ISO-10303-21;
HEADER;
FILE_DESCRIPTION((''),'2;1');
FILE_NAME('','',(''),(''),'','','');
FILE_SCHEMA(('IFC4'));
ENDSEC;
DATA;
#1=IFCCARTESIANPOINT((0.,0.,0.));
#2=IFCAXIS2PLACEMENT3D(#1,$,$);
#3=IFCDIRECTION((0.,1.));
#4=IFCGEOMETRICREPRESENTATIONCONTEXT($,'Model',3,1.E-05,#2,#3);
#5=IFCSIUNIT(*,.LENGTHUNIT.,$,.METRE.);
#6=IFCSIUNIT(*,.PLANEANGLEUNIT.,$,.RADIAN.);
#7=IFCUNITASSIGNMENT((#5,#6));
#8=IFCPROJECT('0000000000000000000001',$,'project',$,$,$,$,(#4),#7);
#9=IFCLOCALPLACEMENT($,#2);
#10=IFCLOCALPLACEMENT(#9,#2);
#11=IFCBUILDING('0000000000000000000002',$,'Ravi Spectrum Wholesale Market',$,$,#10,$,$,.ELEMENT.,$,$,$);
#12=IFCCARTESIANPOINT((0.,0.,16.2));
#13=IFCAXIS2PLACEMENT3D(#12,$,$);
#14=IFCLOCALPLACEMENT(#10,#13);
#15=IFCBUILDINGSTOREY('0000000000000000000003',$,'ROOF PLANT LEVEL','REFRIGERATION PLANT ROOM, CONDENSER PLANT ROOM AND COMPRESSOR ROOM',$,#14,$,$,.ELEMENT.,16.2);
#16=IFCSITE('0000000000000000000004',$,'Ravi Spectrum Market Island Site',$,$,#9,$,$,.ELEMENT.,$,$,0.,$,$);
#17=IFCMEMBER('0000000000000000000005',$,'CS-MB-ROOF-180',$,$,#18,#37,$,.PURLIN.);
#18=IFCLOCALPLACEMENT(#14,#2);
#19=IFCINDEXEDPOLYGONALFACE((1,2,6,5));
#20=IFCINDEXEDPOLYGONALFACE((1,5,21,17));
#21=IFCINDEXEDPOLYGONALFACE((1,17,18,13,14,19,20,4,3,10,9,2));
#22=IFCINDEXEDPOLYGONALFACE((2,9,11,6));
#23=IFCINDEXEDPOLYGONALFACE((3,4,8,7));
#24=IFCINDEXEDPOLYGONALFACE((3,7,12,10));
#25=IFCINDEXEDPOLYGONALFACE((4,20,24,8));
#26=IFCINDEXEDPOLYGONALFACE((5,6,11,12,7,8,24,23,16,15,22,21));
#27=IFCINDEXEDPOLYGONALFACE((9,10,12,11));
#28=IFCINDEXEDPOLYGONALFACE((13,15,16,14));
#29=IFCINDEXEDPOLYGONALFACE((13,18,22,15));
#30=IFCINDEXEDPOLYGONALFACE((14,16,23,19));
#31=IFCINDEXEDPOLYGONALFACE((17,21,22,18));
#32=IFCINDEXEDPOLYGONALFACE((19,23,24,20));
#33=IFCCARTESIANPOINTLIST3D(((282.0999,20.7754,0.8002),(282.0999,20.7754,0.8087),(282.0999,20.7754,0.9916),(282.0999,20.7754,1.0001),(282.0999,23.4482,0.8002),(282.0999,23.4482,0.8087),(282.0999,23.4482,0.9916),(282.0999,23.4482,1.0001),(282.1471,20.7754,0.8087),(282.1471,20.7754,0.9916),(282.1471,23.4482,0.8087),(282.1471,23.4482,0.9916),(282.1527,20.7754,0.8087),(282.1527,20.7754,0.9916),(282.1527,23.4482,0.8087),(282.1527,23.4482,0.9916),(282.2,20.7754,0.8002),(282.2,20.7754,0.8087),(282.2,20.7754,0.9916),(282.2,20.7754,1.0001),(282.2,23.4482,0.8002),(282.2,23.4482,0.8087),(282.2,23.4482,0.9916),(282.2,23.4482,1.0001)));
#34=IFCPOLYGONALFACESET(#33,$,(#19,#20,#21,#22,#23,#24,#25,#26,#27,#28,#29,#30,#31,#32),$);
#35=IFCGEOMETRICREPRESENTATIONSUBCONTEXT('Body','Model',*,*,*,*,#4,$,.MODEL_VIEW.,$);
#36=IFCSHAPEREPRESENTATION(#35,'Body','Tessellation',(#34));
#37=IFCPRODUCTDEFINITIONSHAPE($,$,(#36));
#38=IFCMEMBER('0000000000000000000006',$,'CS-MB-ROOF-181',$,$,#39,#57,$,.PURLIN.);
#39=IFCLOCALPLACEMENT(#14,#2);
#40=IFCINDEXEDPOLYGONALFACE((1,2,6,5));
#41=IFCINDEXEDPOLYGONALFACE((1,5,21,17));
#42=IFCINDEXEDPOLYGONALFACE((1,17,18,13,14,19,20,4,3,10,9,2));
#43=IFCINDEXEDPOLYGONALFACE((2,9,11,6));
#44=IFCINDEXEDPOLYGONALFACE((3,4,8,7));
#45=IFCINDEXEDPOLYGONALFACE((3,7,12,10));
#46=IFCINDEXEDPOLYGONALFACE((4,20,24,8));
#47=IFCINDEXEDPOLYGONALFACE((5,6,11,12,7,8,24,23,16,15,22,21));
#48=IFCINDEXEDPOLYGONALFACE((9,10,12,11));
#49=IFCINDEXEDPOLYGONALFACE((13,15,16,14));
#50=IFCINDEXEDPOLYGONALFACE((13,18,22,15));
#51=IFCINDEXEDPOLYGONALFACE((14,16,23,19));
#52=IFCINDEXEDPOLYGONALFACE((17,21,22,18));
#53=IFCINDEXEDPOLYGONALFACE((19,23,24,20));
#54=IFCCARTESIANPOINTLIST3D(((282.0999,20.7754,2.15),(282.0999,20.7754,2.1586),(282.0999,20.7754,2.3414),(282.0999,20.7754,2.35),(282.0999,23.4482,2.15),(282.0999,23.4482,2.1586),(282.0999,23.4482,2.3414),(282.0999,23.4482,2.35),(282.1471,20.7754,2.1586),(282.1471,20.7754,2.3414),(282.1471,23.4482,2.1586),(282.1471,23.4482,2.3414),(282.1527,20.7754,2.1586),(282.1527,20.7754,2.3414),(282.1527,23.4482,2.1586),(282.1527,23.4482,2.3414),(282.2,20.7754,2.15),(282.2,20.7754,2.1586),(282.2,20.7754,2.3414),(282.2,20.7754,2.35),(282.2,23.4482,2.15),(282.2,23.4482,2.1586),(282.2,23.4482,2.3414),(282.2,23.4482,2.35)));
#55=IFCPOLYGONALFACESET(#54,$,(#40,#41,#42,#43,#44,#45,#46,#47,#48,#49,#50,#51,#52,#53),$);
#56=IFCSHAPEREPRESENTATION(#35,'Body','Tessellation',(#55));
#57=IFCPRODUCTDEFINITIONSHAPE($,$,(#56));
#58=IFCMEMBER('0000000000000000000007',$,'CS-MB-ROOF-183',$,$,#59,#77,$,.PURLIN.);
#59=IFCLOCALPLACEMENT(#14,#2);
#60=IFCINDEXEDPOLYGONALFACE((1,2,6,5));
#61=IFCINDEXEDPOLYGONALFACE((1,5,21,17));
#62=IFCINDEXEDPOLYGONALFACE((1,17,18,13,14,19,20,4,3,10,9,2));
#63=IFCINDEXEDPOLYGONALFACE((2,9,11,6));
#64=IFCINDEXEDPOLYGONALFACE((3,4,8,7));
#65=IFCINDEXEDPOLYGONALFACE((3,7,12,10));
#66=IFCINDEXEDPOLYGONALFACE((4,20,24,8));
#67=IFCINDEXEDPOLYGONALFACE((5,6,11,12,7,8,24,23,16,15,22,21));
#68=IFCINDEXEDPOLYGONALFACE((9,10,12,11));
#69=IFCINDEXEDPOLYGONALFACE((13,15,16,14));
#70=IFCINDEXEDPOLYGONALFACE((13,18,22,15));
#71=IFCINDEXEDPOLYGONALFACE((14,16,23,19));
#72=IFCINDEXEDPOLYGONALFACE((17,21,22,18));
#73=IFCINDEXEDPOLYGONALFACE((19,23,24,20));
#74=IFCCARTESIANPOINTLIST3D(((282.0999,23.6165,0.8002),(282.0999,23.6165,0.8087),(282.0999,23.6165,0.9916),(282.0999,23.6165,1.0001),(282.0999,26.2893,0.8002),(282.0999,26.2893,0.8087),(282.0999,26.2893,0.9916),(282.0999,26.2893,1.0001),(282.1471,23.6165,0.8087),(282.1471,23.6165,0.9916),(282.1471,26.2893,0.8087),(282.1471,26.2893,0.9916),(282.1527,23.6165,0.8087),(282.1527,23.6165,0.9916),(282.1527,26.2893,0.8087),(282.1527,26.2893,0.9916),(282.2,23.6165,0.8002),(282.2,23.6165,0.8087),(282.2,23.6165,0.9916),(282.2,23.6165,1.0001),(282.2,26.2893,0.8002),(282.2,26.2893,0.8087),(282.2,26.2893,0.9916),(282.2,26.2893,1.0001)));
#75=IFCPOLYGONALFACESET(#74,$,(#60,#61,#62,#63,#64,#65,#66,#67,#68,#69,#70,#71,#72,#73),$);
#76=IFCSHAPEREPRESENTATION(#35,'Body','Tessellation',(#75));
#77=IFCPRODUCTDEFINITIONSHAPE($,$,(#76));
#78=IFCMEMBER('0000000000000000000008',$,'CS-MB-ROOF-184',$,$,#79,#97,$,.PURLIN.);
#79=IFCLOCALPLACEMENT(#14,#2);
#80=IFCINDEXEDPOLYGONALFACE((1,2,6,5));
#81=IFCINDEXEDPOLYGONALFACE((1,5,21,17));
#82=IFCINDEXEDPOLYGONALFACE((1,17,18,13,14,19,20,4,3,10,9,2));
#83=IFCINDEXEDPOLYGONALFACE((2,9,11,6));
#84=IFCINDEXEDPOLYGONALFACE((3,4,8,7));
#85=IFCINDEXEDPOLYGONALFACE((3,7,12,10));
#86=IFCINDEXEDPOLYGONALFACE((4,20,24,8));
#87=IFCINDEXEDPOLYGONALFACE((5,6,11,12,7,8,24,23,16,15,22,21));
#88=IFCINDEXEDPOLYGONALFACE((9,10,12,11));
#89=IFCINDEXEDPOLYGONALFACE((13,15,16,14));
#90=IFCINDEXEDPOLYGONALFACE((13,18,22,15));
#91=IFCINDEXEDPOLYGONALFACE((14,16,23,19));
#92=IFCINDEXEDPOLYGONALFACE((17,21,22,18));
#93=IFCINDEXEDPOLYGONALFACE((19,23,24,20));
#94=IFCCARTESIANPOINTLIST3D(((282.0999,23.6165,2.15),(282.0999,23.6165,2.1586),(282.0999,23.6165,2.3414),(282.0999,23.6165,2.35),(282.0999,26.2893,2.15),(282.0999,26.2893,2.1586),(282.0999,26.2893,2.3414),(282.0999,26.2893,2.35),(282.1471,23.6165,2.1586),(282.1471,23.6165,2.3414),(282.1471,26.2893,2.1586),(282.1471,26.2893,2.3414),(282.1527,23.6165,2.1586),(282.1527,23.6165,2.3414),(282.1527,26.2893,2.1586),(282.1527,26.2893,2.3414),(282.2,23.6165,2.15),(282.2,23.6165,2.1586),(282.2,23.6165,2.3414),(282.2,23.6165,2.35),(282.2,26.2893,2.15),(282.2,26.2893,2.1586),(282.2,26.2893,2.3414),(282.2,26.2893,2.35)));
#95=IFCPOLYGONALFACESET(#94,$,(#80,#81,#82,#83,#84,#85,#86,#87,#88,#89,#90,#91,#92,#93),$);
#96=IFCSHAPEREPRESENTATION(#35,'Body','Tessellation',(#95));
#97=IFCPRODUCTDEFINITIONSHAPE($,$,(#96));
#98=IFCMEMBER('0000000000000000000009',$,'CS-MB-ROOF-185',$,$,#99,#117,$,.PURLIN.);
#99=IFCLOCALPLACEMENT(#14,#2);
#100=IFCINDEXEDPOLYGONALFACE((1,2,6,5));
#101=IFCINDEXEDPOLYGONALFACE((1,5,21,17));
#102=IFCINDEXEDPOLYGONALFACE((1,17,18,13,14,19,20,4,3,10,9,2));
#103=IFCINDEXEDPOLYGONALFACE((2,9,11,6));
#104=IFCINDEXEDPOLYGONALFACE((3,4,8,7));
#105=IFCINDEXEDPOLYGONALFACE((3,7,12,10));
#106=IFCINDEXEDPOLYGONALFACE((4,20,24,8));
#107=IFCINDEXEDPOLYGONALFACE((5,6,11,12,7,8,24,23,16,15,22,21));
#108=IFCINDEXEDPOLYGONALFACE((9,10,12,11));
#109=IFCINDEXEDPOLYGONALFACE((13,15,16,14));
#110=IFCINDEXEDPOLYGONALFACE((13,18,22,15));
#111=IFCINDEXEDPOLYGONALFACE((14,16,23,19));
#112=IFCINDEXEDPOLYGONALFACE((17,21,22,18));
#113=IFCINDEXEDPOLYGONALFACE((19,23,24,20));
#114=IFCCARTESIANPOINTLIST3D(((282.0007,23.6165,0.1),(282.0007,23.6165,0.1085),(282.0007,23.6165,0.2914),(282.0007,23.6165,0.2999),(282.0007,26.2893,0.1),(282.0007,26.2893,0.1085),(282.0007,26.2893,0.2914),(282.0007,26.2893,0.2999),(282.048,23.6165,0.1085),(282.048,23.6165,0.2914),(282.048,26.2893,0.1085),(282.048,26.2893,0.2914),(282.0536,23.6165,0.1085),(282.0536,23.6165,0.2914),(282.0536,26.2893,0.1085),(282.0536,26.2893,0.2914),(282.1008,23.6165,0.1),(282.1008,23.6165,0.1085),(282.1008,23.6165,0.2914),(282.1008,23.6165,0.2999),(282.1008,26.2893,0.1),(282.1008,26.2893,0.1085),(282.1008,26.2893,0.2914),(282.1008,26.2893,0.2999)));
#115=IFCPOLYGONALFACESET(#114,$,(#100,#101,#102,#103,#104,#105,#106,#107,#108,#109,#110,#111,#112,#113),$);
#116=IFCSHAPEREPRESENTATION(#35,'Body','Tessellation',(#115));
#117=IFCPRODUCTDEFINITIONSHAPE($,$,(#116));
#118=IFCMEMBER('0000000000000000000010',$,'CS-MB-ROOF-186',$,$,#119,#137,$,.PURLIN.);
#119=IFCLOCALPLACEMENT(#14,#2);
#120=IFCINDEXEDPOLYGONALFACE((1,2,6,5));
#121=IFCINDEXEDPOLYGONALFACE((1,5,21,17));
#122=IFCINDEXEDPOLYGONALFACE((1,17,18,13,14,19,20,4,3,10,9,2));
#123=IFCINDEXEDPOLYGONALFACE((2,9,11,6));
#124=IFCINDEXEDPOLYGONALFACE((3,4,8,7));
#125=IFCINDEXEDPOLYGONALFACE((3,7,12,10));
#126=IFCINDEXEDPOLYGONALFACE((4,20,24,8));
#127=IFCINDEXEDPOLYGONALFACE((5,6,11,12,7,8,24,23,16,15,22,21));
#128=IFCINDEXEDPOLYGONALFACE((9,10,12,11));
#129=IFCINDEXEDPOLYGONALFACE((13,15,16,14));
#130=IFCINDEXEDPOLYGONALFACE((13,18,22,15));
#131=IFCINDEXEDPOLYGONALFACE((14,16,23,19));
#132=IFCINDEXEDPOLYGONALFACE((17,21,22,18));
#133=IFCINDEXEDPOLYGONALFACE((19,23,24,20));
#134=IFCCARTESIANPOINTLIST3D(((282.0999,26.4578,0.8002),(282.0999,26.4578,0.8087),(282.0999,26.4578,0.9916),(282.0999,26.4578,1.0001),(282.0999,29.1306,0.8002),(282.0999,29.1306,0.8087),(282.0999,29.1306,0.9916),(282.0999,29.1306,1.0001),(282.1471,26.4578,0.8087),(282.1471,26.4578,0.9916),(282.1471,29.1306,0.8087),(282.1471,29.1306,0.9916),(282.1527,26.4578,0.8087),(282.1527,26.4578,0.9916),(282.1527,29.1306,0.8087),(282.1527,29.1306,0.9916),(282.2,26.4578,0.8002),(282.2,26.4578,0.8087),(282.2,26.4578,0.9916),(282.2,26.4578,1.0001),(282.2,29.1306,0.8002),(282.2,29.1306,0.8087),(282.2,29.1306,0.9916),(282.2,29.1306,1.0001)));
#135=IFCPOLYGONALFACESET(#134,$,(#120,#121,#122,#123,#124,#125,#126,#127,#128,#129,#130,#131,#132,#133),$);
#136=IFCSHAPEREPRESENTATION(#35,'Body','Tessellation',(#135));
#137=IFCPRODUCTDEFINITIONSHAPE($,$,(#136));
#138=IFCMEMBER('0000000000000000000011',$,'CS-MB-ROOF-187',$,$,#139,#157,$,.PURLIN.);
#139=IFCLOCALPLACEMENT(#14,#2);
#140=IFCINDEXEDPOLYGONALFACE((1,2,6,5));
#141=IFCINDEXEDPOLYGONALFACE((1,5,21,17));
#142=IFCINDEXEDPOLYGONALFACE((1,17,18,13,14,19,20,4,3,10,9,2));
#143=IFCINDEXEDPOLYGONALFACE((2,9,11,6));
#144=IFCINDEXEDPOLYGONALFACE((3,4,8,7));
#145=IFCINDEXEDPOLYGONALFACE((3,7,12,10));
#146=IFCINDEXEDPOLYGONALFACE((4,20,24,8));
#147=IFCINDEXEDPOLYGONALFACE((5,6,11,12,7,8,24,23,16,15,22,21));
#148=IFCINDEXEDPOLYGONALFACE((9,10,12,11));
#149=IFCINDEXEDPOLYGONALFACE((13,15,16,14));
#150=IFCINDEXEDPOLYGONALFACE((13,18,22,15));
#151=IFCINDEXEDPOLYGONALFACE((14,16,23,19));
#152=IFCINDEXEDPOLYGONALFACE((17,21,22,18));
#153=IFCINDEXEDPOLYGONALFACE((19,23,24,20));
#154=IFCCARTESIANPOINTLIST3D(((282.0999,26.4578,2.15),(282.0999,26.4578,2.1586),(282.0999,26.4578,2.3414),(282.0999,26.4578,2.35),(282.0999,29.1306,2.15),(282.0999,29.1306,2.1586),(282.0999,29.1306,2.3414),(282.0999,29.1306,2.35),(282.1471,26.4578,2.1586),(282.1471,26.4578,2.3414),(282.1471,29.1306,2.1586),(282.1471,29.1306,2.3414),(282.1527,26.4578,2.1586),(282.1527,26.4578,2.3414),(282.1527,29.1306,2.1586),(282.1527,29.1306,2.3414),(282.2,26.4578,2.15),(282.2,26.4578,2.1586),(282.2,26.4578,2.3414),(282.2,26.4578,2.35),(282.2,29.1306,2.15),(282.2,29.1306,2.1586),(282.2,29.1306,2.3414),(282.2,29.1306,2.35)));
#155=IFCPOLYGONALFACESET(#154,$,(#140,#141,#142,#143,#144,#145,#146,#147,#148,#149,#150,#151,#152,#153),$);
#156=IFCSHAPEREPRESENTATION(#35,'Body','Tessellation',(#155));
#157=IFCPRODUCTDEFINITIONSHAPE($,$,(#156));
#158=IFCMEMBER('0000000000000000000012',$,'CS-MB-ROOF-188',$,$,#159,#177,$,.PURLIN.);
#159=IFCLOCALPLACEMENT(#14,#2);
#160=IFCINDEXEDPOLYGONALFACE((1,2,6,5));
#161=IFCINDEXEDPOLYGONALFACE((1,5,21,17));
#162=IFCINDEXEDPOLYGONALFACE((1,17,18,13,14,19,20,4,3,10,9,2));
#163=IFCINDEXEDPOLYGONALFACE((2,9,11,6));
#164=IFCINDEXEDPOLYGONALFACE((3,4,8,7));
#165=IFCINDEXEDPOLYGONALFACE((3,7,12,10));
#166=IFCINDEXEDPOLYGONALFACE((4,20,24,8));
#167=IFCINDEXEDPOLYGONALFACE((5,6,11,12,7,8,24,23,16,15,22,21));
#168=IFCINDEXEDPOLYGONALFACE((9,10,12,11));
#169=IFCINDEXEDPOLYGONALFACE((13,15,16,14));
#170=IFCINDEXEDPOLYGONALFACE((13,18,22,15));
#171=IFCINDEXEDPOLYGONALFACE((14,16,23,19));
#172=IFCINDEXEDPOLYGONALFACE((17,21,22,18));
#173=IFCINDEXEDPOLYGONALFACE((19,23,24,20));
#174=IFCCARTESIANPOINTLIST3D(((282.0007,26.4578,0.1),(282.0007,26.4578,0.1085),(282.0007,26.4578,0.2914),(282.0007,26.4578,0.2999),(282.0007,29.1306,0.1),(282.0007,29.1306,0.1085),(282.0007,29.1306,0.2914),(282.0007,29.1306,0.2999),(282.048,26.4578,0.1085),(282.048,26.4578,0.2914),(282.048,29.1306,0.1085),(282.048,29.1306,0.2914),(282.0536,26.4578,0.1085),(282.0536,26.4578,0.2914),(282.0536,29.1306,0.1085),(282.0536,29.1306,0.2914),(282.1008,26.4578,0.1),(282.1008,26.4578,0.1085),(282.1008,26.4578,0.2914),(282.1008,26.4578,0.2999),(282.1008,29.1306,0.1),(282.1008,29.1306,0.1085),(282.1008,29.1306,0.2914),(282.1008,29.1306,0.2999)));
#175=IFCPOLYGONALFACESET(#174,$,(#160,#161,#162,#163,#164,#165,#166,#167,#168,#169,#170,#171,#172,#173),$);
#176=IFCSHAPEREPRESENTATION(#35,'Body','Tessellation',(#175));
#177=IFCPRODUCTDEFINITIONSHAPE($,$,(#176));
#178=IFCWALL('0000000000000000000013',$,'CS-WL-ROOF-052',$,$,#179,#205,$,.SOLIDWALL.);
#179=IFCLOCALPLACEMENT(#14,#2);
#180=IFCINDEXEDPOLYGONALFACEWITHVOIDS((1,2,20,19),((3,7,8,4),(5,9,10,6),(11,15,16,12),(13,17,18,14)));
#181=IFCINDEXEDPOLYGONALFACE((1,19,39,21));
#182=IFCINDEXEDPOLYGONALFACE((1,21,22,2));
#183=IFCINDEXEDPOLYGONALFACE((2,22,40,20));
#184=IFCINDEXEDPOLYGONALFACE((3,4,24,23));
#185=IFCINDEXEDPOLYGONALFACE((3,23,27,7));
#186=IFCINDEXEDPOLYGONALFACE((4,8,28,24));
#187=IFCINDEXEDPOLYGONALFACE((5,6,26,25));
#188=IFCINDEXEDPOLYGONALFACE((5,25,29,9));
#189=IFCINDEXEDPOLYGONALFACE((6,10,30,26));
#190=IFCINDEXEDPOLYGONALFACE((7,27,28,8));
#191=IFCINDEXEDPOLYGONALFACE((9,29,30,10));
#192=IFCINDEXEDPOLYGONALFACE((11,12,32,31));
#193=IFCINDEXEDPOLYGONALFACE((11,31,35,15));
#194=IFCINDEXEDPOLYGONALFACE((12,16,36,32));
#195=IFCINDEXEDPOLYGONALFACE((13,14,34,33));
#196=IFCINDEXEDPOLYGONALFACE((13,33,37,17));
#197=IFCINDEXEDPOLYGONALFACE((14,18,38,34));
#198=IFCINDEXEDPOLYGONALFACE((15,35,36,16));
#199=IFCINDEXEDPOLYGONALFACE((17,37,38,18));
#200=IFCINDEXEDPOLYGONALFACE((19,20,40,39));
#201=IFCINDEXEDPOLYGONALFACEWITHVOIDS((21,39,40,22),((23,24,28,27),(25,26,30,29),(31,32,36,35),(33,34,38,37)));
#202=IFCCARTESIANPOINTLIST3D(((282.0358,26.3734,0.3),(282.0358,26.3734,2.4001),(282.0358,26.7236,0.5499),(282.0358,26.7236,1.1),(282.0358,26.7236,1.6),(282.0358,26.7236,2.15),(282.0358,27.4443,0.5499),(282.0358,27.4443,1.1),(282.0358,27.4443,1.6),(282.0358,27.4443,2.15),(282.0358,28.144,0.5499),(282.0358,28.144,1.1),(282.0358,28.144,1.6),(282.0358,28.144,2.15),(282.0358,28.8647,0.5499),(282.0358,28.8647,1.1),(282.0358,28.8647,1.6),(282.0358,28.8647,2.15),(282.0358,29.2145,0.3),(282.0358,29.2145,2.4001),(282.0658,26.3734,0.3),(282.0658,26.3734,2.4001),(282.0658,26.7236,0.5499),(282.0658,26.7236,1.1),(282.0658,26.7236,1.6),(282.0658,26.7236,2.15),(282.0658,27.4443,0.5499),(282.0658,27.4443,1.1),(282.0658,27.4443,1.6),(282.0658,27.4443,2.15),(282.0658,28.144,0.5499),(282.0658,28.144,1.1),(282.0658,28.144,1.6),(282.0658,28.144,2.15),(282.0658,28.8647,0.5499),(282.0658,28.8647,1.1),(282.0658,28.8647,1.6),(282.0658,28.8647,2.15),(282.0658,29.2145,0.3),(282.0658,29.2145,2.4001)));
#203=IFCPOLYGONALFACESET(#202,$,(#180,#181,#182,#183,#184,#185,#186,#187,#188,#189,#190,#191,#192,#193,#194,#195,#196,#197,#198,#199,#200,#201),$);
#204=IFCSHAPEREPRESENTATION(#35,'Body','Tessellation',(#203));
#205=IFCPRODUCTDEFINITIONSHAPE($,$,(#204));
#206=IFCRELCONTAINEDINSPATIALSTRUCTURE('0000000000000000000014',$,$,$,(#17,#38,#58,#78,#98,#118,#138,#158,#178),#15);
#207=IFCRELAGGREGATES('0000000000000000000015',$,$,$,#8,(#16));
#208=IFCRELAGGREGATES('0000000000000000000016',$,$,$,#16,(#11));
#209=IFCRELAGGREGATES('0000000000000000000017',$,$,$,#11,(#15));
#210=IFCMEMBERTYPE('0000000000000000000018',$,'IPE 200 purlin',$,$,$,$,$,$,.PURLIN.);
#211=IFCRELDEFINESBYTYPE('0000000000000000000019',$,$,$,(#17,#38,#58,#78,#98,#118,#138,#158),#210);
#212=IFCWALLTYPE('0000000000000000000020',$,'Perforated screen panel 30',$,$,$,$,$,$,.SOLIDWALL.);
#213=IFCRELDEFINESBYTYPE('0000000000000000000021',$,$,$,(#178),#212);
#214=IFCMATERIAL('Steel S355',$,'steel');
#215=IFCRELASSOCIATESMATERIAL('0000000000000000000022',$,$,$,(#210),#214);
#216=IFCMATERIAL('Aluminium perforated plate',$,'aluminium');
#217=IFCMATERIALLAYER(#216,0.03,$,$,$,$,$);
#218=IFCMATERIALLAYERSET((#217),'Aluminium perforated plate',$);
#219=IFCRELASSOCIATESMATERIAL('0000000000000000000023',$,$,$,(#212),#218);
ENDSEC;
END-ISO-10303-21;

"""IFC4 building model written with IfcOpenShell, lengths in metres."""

from ifc_helpers import new_model, si_unit, direction, frame, frame_2d, origin, origin_2d, place, context, subcontext, project, spatial, rectangle, i_section, extrude, material, layer, layer_set, material_profile, profile_set, type_object, element, save


model = new_model("IFC4")

# Units and contexts
model_context = context("Model", 3, precision=1e-05, world=origin(), true_north=direction((0.0, 1.0)))
body_context = subcontext(model_context, "Body", "Model", "MODEL_VIEW")
ifc_project = project(units=[si_unit("LENGTHUNIT", "METRE"), si_unit("PLANEANGLEUNIT", "RADIAN")], contexts=[model_context])

# Site, building, storey
site_placement = place(None, origin())
site = spatial("IfcSite", under=ifc_project, at=site_placement, Name="Ravi Spectrum Market Island Site", CompositionType="ELEMENT", RefElevation=0.0)
building_placement = place(site_placement, origin())
building = spatial("IfcBuilding", under=site, at=building_placement, Name="Ravi Spectrum Wholesale Market", CompositionType="ELEMENT")
storey_placement = place(building_placement, frame((0.0, 0.0, 16.2)))
storey = spatial("IfcBuildingStorey", under=building, at=storey_placement, Name="ROOF PLANT LEVEL", Description="REFRIGERATION PLANT ROOM, CONDENSER PLANT ROOM AND COMPRESSOR ROOM", CompositionType="ELEMENT", Elevation=16.2)

# Members
ifc_material_1 = material(Name="Steel S355", Category="steel")
ifc_material_profile_1 = material_profile(ifc_material_1, i_section(OverallWidth=0.1001, OverallDepth=0.2, WebThickness=0.0056, FlangeThickness=0.0085, at=origin_2d()))
ifc_profile_set_1 = profile_set([ifc_material_profile_1], Name="Steel S355")
member_type_1 = type_object("IfcMemberType", Name="IPE 200 purlin", PredefinedType="PURLIN", material=ifc_profile_set_1)
for number, where, z_axis, x_axis, name in (
    (1, (282.1499, 20.7754, 0.9001), (0.0, 1.0, 0.0), (-1.0, 0.0, 0.0), "CS-MB-ROOF-180"),
    (2, (282.1499, 20.7754, 2.25), (0.0, 1.0, 0.0), (-1.0, 0.0, 0.0), "CS-MB-ROOF-181"),
    (3, (282.1499, 23.6165, 0.9001), (0.0, 1.0, 0.0), (-1.0, 0.0, 0.0), "CS-MB-ROOF-183"),
    (4, (282.1499, 23.6165, 2.25), (0.0, 1.0, 0.0), (-1.0, 0.0, 0.0), "CS-MB-ROOF-184"),
    (5, (282.0508, 23.6165, 0.2), (0.0, 1.0, 0.0), (-1.0, 0.0, 0.0), "CS-MB-ROOF-185"),
    (6, (282.1499, 26.4578, 0.9001), (0.0, 1.0, 0.0), (-1.0, 0.0, 0.0), "CS-MB-ROOF-186"),
    (7, (282.1499, 26.4578, 2.25), (0.0, 1.0, 0.0), (-1.0, 0.0, 0.0), "CS-MB-ROOF-187"),
    (8, (282.0508, 26.4578, 0.2), (0.0, 1.0, 0.0), (-1.0, 0.0, 0.0), "CS-MB-ROOF-188"),
):
    element("IfcMember", number, at=place(storey_placement, frame(where, z_axis=z_axis, x_axis=x_axis)), inside=storey, type_object=member_type_1, Name=name, PredefinedType="PURLIN", context=body_context, shape_type="SweptSolid", body=[
        extrude(i_section(OverallWidth=0.1001, OverallDepth=0.2, WebThickness=0.0056, FlangeThickness=0.0085, at=origin_2d()), origin(), (0.0, 0.0, 1.0), 2.6729),
    ])

# Wall, openings
ifc_material_2 = material(Name="Aluminium perforated plate", Category="aluminium")
ifc_layer = layer(ifc_material_2, 0.03)
ifc_layer_set = layer_set([ifc_layer], Name="Aluminium perforated plate")
wall_type = type_object("IfcWallType", Name="Perforated screen panel 30", PredefinedType="SOLIDWALL", material=ifc_layer_set)
wall_1_placement = place(storey_placement, frame((282.0508, 26.3735, 0.3), z_axis=(0.0, 0.0, 1.0), x_axis=(0.0, 1.0, 0.0)))
wall_1 = element("IfcWall", 9, at=wall_1_placement, inside=storey, type_object=wall_type, Name="CS-WL-ROOF-052", PredefinedType="SOLIDWALL", context=body_context, shape_type="SweptSolid", body=[
    extrude(rectangle(XDim=2.8411, YDim=0.03, at=frame_2d((1.4204, 0.0))), origin(), (0.0, 0.0, 1.0), 2.1001),
])
opening_1_placement = place(wall_1_placement, frame((0.3501, 0.0, 0.25)))
element("IfcOpeningElement", 10, at=opening_1_placement, cuts=wall_1, PredefinedType="OPENING", context=body_context, shape_type="SweptSolid", body=[
    extrude(rectangle(XDim=0.7207, YDim=0.55, at=frame_2d((0.3604, 0.2749))), frame((0.0, 0.0249, 0.0), z_axis=(0.0, -1.0, 0.0), x_axis=(1.0, 0.0, 0.0)), (0.0, 0.0, 1.0), 0.05),
])
opening_2_placement = place(wall_1_placement, frame((0.3501, 0.0, 1.3)))
element("IfcOpeningElement", 11, at=opening_2_placement, cuts=wall_1, PredefinedType="OPENING", context=body_context, shape_type="SweptSolid", body=[
    extrude(rectangle(XDim=0.7207, YDim=0.55, at=frame_2d((0.3604, 0.2749))), frame((0.0, 0.0249, 0.0), z_axis=(0.0, -1.0, 0.0), x_axis=(1.0, 0.0, 0.0)), (0.0, 0.0, 1.0), 0.05),
])
opening_3_placement = place(wall_1_placement, frame((1.7705, 0.0, 0.25)))
element("IfcOpeningElement", 12, at=opening_3_placement, cuts=wall_1, PredefinedType="OPENING", context=body_context, shape_type="SweptSolid", body=[
    extrude(rectangle(XDim=0.7207, YDim=0.55, at=frame_2d((0.3604, 0.2749))), frame((0.0, 0.0249, 0.0), z_axis=(0.0, -1.0, 0.0), x_axis=(1.0, 0.0, 0.0)), (0.0, 0.0, 1.0), 0.05),
])
opening_4_placement = place(wall_1_placement, frame((1.7705, 0.0, 1.3)))
element("IfcOpeningElement", 13, at=opening_4_placement, cuts=wall_1, PredefinedType="OPENING", context=body_context, shape_type="SweptSolid", body=[
    extrude(rectangle(XDim=0.7207, YDim=0.55, at=frame_2d((0.3604, 0.2749))), frame((0.0, 0.0249, 0.0), z_axis=(0.0, -1.0, 0.0), x_axis=(1.0, 0.0, 0.0)), (0.0, 0.0, 1.0), 0.05),
])

save(model, "model.ifc")
